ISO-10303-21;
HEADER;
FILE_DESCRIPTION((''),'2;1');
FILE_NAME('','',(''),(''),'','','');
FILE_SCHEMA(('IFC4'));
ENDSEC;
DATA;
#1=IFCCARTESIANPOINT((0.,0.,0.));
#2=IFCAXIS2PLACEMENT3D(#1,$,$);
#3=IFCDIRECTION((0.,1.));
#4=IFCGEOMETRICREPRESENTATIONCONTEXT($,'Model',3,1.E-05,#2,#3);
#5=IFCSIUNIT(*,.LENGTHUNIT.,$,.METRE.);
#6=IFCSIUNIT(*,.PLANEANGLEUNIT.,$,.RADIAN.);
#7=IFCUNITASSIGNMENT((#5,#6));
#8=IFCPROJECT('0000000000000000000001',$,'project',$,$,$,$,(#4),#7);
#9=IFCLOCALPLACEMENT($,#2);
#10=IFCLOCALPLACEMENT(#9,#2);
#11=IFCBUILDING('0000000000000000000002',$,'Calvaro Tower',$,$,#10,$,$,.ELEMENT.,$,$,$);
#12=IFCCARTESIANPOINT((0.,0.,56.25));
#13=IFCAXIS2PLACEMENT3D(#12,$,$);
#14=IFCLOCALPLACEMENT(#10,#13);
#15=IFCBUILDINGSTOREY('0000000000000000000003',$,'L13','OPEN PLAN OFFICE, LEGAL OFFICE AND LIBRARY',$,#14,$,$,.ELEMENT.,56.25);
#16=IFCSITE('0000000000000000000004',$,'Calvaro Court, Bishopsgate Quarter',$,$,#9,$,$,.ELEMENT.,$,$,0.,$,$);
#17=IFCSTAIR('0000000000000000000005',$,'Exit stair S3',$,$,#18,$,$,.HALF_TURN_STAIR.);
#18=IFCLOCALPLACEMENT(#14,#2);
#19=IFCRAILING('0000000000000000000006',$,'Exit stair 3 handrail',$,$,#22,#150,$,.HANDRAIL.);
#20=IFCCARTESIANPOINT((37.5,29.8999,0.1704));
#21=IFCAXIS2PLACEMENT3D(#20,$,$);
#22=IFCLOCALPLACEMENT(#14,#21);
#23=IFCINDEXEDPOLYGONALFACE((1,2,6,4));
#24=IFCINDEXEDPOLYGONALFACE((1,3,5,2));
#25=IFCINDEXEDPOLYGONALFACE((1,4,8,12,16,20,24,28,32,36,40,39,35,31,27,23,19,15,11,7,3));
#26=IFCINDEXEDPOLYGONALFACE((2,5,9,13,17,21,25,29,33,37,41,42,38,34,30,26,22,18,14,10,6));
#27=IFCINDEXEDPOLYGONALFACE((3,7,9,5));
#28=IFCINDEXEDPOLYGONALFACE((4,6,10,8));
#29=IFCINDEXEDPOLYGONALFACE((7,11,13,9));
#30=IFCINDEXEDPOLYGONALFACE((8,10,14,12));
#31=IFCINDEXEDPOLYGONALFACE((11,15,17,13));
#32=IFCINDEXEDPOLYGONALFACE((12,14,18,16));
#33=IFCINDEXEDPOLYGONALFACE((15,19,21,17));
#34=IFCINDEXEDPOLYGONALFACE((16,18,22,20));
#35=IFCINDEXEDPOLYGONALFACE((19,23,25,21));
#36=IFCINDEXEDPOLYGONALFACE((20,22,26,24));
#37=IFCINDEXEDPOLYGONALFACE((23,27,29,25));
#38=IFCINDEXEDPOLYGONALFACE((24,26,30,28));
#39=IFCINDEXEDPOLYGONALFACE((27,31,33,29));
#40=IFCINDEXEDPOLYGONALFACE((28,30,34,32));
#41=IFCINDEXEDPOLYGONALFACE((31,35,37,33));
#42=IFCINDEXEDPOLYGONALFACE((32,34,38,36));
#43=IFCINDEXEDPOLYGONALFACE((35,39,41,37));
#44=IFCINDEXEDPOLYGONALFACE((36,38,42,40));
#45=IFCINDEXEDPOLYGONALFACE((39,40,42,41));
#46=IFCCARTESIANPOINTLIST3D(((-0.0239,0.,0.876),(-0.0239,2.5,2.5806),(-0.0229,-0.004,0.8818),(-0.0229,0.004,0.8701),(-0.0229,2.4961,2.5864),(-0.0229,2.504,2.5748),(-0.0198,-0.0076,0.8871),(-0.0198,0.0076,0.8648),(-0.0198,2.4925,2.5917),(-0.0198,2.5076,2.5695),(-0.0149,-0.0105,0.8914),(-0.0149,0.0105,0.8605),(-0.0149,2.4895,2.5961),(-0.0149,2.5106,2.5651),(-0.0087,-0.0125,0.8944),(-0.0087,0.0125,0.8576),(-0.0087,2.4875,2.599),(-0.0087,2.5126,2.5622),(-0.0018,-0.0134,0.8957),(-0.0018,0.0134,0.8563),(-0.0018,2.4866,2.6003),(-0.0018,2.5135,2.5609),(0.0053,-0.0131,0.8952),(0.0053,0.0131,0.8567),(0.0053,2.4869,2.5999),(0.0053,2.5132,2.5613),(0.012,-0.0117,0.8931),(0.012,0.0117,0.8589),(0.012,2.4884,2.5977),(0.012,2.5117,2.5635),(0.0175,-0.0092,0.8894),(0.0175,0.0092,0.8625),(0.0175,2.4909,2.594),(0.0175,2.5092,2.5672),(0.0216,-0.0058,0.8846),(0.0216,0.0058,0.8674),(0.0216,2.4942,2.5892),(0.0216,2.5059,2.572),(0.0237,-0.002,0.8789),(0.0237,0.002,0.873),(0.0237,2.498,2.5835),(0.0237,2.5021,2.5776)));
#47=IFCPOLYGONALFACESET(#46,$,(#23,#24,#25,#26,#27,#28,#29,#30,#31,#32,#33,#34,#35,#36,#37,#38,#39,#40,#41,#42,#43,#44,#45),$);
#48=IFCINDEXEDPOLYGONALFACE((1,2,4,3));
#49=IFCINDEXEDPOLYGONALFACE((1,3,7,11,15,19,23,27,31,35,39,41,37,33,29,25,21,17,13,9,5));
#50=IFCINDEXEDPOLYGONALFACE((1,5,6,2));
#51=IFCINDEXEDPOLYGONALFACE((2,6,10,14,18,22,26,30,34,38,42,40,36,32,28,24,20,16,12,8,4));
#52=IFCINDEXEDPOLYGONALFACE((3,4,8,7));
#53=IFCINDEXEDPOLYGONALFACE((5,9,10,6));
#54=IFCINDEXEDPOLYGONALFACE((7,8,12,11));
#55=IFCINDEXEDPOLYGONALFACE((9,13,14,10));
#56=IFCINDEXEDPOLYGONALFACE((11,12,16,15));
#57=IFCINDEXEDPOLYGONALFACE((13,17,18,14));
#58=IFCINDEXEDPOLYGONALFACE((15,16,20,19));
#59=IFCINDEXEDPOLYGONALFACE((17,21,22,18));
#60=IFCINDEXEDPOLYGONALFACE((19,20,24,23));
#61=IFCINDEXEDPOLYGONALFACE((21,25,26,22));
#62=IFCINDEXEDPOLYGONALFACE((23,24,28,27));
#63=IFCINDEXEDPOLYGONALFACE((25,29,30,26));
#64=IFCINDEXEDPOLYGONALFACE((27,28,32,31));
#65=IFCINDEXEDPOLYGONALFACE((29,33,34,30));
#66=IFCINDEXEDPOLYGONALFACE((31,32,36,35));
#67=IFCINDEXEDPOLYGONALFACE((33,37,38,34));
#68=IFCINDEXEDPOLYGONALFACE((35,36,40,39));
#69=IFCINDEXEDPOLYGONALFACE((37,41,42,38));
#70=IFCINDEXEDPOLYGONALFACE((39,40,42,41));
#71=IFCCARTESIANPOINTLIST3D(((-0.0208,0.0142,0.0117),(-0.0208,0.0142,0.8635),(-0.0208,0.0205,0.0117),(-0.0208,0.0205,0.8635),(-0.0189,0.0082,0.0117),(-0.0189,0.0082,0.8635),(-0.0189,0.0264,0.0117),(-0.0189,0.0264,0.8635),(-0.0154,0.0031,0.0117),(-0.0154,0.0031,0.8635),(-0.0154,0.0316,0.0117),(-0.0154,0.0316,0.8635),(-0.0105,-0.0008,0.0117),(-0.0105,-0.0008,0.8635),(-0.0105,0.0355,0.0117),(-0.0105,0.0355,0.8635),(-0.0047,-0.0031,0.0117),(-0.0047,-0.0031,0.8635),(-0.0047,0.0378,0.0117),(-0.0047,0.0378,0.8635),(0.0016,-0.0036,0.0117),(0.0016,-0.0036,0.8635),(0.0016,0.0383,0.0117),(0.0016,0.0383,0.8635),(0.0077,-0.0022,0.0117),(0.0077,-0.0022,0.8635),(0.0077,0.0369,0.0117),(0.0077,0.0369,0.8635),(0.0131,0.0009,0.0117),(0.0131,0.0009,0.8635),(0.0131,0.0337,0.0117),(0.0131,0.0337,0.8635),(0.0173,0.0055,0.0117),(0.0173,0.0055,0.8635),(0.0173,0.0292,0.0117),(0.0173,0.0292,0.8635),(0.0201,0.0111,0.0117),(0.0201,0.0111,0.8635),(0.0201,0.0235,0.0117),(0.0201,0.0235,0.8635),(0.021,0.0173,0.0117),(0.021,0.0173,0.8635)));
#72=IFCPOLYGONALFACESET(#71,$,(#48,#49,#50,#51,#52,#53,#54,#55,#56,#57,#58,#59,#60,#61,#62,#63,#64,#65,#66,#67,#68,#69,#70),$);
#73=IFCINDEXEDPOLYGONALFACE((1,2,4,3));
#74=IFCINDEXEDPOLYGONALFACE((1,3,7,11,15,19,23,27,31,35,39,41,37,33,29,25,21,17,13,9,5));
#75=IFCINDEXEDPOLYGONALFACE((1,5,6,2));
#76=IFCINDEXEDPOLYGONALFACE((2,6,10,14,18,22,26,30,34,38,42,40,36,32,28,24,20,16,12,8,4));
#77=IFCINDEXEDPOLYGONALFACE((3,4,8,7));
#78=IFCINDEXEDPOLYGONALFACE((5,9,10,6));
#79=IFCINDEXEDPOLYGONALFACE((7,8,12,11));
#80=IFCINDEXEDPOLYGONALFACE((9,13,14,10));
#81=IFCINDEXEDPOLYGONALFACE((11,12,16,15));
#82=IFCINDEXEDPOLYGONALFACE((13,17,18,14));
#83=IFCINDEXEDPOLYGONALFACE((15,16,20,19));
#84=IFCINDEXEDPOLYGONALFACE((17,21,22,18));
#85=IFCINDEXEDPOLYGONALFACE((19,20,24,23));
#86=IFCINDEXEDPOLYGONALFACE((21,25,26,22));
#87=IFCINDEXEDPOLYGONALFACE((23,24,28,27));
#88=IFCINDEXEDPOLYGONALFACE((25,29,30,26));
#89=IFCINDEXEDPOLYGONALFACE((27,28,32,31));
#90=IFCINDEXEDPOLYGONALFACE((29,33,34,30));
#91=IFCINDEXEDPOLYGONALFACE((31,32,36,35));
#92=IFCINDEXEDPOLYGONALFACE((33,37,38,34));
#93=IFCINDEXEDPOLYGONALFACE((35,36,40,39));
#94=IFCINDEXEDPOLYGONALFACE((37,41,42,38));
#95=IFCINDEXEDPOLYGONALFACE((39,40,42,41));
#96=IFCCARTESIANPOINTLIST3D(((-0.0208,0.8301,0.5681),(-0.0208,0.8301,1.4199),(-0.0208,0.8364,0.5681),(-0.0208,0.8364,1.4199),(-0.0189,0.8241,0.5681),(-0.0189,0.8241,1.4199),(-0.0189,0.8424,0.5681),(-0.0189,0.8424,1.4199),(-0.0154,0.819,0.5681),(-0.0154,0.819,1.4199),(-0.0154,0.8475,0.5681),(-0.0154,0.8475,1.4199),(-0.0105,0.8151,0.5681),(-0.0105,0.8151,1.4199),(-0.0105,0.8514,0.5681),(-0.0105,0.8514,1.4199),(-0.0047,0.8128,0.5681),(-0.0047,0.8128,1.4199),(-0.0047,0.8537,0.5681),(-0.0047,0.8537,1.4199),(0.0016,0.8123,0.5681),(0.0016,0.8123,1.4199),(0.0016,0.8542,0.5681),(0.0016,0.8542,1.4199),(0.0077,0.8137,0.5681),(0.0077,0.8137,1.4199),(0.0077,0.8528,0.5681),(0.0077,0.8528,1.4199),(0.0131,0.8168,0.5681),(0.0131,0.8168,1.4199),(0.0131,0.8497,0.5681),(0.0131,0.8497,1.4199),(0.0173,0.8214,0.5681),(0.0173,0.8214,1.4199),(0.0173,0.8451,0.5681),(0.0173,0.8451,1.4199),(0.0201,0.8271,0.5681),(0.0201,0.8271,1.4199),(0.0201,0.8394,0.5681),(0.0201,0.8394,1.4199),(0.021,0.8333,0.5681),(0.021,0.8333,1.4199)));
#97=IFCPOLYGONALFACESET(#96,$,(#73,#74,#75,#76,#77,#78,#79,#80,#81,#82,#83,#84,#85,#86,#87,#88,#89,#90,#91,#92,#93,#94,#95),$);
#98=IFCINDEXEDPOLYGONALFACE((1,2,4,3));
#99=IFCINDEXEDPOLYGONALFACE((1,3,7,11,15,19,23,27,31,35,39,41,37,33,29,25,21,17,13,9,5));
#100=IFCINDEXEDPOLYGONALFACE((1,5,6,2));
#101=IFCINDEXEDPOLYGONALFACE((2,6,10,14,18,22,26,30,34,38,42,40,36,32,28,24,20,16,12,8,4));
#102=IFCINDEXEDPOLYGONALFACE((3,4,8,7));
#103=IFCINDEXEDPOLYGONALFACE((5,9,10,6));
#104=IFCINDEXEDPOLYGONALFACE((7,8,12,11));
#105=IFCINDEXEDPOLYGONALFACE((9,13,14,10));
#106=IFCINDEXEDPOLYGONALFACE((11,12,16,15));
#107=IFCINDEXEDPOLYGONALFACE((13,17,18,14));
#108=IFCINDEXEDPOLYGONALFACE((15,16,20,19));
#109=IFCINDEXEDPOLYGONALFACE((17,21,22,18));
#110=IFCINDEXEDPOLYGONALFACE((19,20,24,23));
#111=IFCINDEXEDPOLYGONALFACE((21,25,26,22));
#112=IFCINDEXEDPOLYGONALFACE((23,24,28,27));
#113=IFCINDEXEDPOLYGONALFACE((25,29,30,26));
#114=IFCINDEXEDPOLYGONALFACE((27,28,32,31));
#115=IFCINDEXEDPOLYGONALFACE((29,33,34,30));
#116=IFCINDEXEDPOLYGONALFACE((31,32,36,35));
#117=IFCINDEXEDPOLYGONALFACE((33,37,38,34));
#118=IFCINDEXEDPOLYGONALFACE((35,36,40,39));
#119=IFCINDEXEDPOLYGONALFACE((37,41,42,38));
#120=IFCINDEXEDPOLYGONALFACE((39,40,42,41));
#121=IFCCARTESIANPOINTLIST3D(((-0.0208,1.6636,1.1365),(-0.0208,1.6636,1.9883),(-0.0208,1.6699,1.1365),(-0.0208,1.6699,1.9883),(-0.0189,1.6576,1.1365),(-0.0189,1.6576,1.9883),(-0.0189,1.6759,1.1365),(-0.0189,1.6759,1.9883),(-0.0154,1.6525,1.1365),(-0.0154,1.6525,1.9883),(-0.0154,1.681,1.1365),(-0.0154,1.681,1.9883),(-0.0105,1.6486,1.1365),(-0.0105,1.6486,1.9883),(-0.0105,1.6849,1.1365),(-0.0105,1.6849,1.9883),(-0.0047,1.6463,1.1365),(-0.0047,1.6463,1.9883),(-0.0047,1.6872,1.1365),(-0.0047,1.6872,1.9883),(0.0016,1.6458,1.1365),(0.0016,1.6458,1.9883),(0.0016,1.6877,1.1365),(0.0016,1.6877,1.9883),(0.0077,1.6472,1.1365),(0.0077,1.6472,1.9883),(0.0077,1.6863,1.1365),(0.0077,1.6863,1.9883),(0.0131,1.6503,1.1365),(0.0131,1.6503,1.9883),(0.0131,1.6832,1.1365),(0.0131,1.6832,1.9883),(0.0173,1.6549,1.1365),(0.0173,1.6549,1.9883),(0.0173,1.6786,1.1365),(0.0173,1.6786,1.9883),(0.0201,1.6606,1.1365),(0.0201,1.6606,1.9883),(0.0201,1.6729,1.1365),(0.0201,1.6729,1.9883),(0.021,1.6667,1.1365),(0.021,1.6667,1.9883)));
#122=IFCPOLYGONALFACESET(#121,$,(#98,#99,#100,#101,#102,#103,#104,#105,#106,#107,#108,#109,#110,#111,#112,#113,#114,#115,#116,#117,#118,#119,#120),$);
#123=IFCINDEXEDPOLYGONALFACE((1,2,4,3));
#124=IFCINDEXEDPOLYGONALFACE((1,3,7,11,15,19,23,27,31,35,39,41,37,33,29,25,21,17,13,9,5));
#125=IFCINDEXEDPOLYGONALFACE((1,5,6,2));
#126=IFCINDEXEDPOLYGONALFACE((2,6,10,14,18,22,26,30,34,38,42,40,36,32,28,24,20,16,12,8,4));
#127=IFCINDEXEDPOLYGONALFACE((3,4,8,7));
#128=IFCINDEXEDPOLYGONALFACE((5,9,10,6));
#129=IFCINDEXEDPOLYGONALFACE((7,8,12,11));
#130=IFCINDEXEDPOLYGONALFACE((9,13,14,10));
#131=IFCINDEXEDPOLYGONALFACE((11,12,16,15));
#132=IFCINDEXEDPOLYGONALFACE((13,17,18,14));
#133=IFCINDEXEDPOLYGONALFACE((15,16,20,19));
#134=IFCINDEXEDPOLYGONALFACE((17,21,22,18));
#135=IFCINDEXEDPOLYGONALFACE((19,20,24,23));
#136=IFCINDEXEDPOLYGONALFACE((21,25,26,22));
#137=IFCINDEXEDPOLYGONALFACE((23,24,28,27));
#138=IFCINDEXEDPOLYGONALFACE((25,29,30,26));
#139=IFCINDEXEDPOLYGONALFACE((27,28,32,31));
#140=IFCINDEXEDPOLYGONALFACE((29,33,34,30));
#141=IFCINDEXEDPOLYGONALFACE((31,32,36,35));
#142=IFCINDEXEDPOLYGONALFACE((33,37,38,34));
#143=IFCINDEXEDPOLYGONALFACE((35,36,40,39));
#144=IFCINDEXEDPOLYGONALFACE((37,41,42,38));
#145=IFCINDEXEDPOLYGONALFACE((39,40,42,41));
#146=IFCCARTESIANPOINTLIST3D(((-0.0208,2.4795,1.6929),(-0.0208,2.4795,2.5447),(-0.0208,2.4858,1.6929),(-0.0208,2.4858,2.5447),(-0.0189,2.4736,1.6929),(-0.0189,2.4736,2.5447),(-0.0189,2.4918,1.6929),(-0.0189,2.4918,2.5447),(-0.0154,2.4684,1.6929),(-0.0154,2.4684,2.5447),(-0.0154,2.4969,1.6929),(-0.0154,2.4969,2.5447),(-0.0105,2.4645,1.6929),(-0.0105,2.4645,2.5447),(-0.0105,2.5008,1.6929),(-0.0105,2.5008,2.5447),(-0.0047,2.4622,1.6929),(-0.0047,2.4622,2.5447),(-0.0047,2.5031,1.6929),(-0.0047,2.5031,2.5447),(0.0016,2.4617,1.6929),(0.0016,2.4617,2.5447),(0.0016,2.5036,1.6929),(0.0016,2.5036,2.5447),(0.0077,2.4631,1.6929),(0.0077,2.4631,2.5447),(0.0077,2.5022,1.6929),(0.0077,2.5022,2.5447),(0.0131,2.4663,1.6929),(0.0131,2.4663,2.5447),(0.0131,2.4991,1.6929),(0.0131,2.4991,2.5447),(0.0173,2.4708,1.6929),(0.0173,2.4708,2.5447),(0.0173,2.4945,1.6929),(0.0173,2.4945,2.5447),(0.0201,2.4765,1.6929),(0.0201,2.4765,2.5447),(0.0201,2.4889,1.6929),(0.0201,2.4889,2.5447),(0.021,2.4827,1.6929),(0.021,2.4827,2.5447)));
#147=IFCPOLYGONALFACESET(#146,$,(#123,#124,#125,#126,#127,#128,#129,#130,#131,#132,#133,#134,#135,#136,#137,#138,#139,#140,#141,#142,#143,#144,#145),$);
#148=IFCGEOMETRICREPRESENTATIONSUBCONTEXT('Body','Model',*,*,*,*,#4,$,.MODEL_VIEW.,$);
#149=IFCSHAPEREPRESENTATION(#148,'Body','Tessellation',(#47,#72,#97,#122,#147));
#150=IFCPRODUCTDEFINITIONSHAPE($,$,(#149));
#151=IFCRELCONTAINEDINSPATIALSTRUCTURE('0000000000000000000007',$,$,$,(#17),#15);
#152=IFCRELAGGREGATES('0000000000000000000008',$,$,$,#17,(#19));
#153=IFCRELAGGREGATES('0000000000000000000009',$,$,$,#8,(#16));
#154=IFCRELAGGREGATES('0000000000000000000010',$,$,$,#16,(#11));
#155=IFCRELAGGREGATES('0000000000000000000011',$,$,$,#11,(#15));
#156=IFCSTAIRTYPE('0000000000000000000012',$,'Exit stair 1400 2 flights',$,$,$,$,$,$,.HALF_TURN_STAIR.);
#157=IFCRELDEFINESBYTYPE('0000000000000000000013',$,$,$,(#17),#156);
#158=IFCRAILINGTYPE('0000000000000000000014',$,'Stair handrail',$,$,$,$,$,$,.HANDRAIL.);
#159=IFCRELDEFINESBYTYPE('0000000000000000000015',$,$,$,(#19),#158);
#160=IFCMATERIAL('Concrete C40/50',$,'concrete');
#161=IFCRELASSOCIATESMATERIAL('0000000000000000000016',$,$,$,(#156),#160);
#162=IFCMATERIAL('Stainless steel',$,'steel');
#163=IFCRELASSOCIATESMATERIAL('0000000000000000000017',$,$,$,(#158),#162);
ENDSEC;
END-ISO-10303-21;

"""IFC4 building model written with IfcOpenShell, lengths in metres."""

from ifc_helpers import new_model, si_unit, direction, frame, origin, origin_2d, place, context, subcontext, project, spatial, circle, extrude, material, type_object, element, aggregate, save


model = new_model("IFC4")

# Units and contexts
model_context = context("Model", 3, precision=1e-05, world=origin(), true_north=direction((0.0, 1.0)))
body_context = subcontext(model_context, "Body", "Model", "MODEL_VIEW")
ifc_project = project(units=[si_unit("LENGTHUNIT", "METRE"), si_unit("PLANEANGLEUNIT", "RADIAN")], contexts=[model_context])

# Site, building, storey
site_placement = place(None, origin())
site = spatial("IfcSite", under=ifc_project, at=site_placement, Name="Calvaro Court, Bishopsgate Quarter", CompositionType="ELEMENT", RefElevation=0.0)
building_placement = place(site_placement, origin())
building = spatial("IfcBuilding", under=site, at=building_placement, Name="Calvaro Tower", CompositionType="ELEMENT")
storey_placement = place(building_placement, frame((0.0, 0.0, 56.25)))
storey = spatial("IfcBuildingStorey", under=building, at=storey_placement, Name="L13", Description="OPEN PLAN OFFICE, LEGAL OFFICE AND LIBRARY", CompositionType="ELEMENT", Elevation=56.25)

# Stair
ifc_material_1 = material(Name="Concrete C40/50", Category="concrete")
stair_type = type_object("IfcStairType", Name="Exit stair 1400 2 flights", PredefinedType="HALF_TURN_STAIR", material=ifc_material_1)
stair_1_placement = place(storey_placement, origin())
stair_1 = element("IfcStair", 1, at=stair_1_placement, inside=storey, type_object=stair_type, Name="Exit stair S3", PredefinedType="HALF_TURN_STAIR")

# Railing
ifc_material_2 = material(Name="Stainless steel", Category="steel")
railing_type = type_object("IfcRailingType", Name="Stair handrail", PredefinedType="HANDRAIL", material=ifc_material_2)
railing_1_placement = place(storey_placement, frame((37.5, 29.8999, 0.1704)))
railing_1 = element("IfcRailing", 2, at=railing_1_placement, type_object=railing_type, Name="Exit stair 3 handrail", PredefinedType="HANDRAIL", context=body_context, shape_type="SweptSolid", body=[
    extrude(circle(Radius=0.0239, at=origin_2d()), frame((0.0, 0.0, 0.876), z_axis=(0.0, 0.826221, 0.563347), x_axis=(-1.0, 0.0, 0.0)), (0.0, 0.0, 1.0), 3.0259),
    extrude(circle(Radius=0.021, at=origin_2d()), frame((0.0, 0.0173, 0.0117)), (0.0, 0.0, 1.0), 0.8518),
    extrude(circle(Radius=0.021, at=origin_2d()), frame((0.0, 0.8333, 0.5681)), (0.0, 0.0, 1.0), 0.8518),
    extrude(circle(Radius=0.021, at=origin_2d()), frame((0.0, 1.6667, 1.1365)), (0.0, 0.0, 1.0), 0.8518),
    extrude(circle(Radius=0.021, at=origin_2d()), frame((0.0, 2.4827, 1.6929)), (0.0, 0.0, 1.0), 0.8518),
])
aggregate(stair_1, [railing_1])

save(model, "model.ifc")
